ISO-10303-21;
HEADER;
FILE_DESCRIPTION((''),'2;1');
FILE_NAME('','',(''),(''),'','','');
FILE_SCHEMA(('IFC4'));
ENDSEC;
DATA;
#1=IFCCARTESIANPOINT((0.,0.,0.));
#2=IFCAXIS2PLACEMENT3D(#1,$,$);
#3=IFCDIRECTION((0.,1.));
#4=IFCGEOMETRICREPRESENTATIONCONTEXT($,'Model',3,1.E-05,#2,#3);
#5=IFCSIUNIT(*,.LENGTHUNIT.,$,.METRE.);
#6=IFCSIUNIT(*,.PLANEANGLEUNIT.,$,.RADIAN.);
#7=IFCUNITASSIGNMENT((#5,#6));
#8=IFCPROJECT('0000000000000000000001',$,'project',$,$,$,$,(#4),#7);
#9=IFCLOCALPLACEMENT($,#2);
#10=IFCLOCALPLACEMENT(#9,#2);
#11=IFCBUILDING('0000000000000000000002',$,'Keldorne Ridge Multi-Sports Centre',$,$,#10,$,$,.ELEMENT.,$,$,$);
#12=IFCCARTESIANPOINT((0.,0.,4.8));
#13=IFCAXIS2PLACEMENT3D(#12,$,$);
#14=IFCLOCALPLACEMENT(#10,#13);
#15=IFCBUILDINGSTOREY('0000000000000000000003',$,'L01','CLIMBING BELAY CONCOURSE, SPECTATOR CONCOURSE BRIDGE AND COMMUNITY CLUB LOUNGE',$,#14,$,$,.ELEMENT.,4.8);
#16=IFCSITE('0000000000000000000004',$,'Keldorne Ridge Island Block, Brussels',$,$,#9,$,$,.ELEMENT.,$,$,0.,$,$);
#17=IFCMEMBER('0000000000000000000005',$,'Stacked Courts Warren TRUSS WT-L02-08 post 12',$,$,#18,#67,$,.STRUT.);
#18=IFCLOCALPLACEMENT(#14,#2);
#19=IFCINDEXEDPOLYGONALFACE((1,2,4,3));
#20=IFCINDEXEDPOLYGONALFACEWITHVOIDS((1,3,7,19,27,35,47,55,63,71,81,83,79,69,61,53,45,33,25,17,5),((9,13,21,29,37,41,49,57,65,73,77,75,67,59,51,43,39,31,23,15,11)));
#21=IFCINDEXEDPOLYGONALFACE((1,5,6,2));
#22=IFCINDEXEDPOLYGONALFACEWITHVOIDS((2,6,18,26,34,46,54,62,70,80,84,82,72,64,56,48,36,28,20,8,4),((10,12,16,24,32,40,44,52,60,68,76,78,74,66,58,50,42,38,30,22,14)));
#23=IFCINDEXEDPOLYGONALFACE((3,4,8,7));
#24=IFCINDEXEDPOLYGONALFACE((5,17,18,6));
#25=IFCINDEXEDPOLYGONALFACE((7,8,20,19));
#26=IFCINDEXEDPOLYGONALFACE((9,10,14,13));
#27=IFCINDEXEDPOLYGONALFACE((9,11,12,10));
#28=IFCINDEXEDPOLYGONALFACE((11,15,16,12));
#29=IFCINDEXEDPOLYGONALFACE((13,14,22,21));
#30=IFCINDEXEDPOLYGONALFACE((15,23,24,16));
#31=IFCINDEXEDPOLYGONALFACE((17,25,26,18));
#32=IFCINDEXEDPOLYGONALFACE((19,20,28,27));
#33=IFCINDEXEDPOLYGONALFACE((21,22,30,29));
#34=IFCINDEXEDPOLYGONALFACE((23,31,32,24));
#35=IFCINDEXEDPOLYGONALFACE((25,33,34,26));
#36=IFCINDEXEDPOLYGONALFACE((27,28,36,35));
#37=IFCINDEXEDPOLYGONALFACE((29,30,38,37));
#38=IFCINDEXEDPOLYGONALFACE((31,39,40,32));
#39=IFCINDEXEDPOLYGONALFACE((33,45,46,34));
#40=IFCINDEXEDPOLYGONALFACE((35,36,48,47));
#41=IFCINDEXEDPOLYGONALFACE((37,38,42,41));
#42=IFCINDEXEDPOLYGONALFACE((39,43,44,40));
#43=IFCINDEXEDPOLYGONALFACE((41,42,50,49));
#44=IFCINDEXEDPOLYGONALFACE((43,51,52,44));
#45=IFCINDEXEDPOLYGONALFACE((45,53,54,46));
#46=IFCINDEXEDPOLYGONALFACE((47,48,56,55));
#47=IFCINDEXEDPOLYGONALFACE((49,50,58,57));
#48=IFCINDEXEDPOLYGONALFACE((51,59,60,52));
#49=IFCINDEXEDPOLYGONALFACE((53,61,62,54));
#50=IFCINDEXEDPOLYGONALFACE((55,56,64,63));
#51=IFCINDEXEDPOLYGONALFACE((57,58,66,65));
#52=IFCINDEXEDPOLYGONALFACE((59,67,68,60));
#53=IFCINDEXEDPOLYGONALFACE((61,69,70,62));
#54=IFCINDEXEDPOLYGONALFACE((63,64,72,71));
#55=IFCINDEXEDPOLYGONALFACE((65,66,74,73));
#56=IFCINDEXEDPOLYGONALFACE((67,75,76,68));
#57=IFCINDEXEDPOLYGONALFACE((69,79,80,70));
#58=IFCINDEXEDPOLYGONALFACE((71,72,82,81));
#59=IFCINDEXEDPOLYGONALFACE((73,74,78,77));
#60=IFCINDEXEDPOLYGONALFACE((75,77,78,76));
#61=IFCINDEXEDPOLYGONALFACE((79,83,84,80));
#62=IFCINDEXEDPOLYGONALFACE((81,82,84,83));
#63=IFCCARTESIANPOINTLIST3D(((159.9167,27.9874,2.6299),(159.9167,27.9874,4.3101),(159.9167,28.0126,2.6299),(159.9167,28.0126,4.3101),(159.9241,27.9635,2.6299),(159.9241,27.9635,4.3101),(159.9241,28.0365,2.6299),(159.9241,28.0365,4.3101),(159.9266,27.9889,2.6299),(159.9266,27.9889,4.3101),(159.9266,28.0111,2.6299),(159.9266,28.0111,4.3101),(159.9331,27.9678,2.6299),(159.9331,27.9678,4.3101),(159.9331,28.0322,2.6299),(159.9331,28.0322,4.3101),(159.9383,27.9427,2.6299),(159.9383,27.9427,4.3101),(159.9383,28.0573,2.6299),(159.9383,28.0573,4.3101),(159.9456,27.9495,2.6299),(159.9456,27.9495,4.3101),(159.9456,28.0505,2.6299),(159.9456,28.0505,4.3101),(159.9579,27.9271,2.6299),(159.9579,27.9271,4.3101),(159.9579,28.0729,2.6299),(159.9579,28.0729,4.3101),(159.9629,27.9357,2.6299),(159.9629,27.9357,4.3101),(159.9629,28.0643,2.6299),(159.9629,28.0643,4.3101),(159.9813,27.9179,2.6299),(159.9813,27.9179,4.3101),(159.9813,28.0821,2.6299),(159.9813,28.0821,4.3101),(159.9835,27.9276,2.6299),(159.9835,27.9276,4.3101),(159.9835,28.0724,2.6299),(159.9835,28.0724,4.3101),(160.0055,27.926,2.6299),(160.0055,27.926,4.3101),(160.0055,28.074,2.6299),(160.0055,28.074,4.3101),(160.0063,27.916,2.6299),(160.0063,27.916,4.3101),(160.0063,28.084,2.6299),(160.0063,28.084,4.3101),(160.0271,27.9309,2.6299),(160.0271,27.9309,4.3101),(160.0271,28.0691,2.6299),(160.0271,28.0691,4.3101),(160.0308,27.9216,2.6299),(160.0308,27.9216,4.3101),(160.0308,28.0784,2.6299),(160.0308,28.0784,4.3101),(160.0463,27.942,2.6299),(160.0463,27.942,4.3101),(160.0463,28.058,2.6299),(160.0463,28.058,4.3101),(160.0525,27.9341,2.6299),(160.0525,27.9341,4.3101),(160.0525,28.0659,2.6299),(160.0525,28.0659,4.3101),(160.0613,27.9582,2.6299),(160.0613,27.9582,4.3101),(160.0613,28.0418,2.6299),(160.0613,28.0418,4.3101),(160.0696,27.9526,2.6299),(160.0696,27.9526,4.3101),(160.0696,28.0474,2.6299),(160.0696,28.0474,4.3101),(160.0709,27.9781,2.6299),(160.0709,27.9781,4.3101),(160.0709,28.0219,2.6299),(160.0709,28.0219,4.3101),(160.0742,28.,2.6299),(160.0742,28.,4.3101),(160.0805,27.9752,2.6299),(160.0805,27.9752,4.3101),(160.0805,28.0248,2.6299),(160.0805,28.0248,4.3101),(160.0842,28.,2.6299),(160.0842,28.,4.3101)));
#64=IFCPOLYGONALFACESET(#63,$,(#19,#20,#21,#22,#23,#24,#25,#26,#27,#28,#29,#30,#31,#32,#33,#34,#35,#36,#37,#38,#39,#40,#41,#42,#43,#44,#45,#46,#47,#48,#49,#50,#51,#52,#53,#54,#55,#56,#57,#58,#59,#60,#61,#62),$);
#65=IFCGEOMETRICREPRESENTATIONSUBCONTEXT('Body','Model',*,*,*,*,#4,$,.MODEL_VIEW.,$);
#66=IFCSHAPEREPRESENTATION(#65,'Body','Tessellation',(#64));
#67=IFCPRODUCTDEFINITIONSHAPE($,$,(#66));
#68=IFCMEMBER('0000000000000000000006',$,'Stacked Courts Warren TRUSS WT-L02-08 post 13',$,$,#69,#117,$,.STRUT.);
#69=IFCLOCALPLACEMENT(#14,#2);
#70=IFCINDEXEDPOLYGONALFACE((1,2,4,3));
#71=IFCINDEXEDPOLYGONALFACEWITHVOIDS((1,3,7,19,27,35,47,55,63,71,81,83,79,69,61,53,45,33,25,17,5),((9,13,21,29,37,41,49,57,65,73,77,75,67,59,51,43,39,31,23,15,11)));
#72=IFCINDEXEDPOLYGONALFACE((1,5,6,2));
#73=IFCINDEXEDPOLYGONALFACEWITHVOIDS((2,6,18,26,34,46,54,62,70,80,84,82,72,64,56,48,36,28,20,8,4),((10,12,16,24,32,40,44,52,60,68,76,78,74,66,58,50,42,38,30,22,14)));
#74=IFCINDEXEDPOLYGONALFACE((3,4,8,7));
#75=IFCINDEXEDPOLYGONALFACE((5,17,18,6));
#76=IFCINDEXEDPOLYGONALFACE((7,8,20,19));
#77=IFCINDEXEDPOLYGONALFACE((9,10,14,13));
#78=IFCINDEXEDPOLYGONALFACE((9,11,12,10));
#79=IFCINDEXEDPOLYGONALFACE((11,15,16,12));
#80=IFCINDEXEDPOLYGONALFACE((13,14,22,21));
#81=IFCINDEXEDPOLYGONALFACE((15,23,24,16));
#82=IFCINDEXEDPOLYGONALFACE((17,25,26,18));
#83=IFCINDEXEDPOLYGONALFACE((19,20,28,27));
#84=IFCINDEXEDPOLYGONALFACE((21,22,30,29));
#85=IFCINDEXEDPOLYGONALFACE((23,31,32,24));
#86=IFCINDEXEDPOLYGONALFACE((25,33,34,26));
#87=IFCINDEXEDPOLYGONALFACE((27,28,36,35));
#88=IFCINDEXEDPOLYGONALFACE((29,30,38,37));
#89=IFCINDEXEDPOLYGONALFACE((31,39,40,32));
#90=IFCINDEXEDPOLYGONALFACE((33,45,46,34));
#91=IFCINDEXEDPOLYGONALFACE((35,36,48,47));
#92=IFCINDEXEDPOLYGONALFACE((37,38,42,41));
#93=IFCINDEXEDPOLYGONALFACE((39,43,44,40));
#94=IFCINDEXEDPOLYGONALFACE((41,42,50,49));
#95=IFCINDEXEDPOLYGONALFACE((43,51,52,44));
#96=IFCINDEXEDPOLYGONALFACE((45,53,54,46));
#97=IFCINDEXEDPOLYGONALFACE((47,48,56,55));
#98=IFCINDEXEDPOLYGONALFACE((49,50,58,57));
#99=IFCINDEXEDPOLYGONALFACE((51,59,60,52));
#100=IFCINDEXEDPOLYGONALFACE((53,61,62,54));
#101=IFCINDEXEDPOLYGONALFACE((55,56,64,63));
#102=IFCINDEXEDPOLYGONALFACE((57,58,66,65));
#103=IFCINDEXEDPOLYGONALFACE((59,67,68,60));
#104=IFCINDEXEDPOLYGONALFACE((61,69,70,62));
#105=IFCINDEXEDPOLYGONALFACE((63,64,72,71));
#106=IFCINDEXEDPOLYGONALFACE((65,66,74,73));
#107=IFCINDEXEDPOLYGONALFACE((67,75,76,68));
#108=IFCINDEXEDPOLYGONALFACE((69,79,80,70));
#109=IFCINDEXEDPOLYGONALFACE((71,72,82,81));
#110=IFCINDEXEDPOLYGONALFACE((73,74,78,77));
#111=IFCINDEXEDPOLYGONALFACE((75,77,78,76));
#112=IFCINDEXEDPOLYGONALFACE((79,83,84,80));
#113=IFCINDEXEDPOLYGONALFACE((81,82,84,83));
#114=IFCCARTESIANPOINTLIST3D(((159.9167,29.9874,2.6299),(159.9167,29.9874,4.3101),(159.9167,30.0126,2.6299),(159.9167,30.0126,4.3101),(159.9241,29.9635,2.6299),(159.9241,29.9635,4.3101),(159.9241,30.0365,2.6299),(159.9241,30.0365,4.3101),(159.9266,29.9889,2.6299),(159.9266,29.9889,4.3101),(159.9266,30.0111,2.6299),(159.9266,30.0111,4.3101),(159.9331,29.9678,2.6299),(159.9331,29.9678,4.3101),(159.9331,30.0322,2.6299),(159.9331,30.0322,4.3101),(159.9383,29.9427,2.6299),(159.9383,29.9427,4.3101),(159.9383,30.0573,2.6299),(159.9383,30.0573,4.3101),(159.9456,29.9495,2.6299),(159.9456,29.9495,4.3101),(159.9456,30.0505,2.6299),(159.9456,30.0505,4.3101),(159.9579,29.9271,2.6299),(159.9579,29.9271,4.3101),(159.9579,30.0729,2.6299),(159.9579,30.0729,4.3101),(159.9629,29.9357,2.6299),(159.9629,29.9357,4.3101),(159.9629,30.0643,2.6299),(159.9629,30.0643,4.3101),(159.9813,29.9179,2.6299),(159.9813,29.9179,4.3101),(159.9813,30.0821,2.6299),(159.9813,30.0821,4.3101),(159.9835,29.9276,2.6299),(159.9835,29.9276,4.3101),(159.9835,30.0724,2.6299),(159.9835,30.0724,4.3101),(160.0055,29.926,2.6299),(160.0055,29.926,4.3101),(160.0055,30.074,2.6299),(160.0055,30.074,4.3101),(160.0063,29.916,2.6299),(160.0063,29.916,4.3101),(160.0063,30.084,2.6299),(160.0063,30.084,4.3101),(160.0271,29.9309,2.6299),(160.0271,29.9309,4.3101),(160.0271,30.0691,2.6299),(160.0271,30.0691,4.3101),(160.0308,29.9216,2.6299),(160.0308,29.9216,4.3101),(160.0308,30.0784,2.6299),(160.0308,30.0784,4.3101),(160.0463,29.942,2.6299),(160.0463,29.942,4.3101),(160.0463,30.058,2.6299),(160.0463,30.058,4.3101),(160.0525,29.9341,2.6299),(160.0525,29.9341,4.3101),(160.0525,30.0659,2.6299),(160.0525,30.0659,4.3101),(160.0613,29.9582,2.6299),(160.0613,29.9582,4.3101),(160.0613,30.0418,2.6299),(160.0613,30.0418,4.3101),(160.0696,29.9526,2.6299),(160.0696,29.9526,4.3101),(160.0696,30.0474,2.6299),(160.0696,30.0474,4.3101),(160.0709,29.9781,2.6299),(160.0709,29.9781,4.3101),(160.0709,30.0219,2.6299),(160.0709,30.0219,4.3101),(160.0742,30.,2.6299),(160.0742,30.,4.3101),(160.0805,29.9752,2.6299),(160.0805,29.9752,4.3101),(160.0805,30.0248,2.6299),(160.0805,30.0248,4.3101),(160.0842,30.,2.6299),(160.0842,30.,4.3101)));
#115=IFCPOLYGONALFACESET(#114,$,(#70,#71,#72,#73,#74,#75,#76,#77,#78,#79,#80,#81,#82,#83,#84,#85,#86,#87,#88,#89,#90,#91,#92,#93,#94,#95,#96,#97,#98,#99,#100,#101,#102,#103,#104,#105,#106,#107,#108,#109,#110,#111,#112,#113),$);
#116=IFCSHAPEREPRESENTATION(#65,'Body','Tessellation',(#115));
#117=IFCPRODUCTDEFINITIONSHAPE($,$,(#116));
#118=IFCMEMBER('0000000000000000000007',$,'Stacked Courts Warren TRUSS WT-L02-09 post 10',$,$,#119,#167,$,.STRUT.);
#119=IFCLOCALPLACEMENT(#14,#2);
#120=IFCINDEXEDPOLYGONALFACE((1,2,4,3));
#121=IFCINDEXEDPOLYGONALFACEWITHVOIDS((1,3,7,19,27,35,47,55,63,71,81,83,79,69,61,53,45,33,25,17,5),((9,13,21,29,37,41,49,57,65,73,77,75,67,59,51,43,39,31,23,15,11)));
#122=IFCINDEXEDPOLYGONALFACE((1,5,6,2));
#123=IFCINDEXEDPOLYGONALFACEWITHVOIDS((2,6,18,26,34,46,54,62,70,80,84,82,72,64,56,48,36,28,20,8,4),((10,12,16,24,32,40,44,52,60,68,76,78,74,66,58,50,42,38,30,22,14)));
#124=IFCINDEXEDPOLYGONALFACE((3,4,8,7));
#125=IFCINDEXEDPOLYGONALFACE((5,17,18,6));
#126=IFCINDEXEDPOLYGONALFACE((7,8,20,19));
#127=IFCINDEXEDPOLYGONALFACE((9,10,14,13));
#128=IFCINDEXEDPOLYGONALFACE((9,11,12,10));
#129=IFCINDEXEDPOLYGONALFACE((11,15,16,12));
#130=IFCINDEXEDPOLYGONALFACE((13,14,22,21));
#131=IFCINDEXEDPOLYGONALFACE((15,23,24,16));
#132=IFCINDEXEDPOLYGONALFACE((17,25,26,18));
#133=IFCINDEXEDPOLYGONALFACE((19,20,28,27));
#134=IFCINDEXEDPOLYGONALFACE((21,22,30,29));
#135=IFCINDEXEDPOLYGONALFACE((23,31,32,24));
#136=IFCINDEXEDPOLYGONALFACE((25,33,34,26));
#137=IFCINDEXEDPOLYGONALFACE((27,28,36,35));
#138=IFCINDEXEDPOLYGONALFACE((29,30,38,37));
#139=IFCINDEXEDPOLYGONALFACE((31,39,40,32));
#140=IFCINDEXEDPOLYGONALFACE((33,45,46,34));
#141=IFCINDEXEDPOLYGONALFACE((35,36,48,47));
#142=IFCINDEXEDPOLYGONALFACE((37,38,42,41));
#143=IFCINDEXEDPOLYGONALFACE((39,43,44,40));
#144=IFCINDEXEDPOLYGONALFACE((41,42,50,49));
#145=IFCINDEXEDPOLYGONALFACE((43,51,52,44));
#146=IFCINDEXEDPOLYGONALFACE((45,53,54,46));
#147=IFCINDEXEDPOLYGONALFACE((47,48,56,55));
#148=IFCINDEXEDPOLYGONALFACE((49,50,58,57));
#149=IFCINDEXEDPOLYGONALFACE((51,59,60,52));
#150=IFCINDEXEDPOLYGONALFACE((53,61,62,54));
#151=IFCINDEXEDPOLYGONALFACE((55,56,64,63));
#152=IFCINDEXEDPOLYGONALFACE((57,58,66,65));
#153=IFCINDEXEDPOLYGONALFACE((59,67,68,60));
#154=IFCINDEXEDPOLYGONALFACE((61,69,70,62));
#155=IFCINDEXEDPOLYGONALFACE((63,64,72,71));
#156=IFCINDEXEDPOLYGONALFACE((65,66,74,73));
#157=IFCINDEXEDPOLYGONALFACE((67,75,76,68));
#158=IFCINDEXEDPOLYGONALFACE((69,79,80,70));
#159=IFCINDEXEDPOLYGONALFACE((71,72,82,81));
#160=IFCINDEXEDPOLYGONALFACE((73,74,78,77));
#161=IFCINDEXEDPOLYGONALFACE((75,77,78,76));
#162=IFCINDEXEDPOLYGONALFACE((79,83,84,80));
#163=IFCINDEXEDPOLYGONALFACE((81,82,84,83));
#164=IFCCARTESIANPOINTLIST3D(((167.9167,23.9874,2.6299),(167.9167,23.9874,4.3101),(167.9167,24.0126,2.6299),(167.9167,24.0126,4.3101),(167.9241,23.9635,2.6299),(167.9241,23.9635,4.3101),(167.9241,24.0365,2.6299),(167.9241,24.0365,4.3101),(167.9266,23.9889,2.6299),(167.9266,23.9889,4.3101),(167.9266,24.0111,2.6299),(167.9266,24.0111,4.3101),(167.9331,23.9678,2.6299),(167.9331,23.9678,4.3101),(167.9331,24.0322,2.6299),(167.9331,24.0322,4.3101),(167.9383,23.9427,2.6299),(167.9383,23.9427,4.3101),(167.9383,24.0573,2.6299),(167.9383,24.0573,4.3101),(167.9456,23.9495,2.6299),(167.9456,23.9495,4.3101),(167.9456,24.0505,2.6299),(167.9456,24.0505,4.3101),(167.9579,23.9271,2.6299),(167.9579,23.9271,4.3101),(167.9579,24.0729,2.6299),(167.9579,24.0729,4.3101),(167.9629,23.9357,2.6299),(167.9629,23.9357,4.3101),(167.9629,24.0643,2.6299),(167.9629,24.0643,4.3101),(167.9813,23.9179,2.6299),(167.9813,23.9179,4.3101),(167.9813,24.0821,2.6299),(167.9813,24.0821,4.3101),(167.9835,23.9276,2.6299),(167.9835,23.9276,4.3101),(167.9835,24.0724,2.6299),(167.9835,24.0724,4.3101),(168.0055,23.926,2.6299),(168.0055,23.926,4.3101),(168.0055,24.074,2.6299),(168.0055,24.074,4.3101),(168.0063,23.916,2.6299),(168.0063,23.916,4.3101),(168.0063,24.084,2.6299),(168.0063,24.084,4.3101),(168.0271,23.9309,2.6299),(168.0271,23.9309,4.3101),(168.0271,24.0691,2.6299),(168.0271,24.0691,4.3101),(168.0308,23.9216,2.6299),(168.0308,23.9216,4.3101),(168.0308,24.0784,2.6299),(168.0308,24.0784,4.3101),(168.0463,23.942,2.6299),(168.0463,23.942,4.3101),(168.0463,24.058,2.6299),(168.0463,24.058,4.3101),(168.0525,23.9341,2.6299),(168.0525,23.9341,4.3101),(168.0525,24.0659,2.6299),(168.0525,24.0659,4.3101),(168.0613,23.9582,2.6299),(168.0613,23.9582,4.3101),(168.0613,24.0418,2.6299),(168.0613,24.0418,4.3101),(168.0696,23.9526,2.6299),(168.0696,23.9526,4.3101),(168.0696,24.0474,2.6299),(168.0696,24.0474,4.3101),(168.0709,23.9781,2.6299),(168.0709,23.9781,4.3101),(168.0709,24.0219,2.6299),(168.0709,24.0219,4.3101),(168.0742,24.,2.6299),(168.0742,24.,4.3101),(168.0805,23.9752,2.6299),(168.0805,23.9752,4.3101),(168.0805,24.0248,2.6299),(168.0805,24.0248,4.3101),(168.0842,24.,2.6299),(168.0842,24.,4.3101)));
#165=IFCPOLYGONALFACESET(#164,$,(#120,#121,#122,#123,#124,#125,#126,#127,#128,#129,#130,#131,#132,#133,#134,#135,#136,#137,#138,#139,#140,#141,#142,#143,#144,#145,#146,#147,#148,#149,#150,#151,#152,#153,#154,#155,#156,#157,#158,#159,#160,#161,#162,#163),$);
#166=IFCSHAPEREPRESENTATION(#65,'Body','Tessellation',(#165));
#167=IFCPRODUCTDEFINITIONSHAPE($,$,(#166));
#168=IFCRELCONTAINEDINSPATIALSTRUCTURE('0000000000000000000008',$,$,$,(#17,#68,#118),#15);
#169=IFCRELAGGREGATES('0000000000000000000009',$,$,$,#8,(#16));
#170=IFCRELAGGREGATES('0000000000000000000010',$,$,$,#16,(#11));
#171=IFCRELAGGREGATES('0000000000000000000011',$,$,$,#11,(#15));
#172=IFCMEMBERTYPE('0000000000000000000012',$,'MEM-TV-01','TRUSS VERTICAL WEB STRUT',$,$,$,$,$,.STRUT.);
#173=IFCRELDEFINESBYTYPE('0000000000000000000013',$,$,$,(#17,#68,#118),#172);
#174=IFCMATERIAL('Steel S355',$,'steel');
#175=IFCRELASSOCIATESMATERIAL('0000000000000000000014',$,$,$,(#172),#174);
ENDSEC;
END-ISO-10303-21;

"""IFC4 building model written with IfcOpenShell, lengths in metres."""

from ifc_helpers import new_model, si_unit, direction, frame, origin, origin_2d, place, context, subcontext, project, spatial, hollow_circle, extrude, material, material_profile, profile_set, type_object, element, save


model = new_model("IFC4")

# Units and contexts
model_context = context("Model", 3, precision=1e-05, world=origin(), true_north=direction((0.0, 1.0)))
body_context = subcontext(model_context, "Body", "Model", "MODEL_VIEW")
ifc_project = project(units=[si_unit("LENGTHUNIT", "METRE"), si_unit("PLANEANGLEUNIT", "RADIAN")], contexts=[model_context])

# Site, building, storey
site_placement = place(None, origin())
site = spatial("IfcSite", under=ifc_project, at=site_placement, Name="Keldorne Ridge Island Block, Brussels", CompositionType="ELEMENT", RefElevation=0.0)
building_placement = place(site_placement, origin())
building = spatial("IfcBuilding", under=site, at=building_placement, Name="Keldorne Ridge Multi-Sports Centre", CompositionType="ELEMENT")
storey_placement = place(building_placement, frame((0.0, 0.0, 4.8)))
storey = spatial("IfcBuildingStorey", under=building, at=storey_placement, Name="L01", Description="CLIMBING BELAY CONCOURSE, SPECTATOR CONCOURSE BRIDGE AND COMMUNITY CLUB LOUNGE", CompositionType="ELEMENT", Elevation=4.8)

# Shared definitions
ifc_material_1 = material(Name="Steel S355", Category="steel")

# Members
ifc_material_profile_1 = material_profile(ifc_material_1, hollow_circle(Radius=0.0842, WallThickness=0.01, at=origin_2d()), Name="CHS 168.3x10")
ifc_profile_set_1 = profile_set([ifc_material_profile_1], Name="Steel S355")
member_type_1 = type_object("IfcMemberType", Name="MEM-TV-01", Description="TRUSS VERTICAL WEB STRUT", PredefinedType="STRUT", material=ifc_profile_set_1)
for number, where, z_axis, x_axis, name in (
    (1, (160.0, 28.0, 2.6299), (0.0, 0.0, 1.0), (1.0, 0.0, 0.0), "Stacked Courts Warren TRUSS WT-L02-08 post 12"),
    (2, (160.0, 30.0, 2.6299), (0.0, 0.0, 1.0), (1.0, 0.0, 0.0), "Stacked Courts Warren TRUSS WT-L02-08 post 13"),
    (3, (168.0, 24.0, 2.6299), (0.0, 0.0, 1.0), (1.0, 0.0, 0.0), "Stacked Courts Warren TRUSS WT-L02-09 post 10"),
):
    element("IfcMember", number, at=place(storey_placement, frame(where, z_axis=z_axis, x_axis=x_axis)), inside=storey, type_object=member_type_1, Name=name, PredefinedType="STRUT", context=body_context, shape_type="SweptSolid", body=[
        extrude(hollow_circle(Radius=0.0842, WallThickness=0.01, at=origin_2d()), origin(), (0.0, 0.0, 1.0), 1.6802),
    ])

save(model, "model.ifc")
